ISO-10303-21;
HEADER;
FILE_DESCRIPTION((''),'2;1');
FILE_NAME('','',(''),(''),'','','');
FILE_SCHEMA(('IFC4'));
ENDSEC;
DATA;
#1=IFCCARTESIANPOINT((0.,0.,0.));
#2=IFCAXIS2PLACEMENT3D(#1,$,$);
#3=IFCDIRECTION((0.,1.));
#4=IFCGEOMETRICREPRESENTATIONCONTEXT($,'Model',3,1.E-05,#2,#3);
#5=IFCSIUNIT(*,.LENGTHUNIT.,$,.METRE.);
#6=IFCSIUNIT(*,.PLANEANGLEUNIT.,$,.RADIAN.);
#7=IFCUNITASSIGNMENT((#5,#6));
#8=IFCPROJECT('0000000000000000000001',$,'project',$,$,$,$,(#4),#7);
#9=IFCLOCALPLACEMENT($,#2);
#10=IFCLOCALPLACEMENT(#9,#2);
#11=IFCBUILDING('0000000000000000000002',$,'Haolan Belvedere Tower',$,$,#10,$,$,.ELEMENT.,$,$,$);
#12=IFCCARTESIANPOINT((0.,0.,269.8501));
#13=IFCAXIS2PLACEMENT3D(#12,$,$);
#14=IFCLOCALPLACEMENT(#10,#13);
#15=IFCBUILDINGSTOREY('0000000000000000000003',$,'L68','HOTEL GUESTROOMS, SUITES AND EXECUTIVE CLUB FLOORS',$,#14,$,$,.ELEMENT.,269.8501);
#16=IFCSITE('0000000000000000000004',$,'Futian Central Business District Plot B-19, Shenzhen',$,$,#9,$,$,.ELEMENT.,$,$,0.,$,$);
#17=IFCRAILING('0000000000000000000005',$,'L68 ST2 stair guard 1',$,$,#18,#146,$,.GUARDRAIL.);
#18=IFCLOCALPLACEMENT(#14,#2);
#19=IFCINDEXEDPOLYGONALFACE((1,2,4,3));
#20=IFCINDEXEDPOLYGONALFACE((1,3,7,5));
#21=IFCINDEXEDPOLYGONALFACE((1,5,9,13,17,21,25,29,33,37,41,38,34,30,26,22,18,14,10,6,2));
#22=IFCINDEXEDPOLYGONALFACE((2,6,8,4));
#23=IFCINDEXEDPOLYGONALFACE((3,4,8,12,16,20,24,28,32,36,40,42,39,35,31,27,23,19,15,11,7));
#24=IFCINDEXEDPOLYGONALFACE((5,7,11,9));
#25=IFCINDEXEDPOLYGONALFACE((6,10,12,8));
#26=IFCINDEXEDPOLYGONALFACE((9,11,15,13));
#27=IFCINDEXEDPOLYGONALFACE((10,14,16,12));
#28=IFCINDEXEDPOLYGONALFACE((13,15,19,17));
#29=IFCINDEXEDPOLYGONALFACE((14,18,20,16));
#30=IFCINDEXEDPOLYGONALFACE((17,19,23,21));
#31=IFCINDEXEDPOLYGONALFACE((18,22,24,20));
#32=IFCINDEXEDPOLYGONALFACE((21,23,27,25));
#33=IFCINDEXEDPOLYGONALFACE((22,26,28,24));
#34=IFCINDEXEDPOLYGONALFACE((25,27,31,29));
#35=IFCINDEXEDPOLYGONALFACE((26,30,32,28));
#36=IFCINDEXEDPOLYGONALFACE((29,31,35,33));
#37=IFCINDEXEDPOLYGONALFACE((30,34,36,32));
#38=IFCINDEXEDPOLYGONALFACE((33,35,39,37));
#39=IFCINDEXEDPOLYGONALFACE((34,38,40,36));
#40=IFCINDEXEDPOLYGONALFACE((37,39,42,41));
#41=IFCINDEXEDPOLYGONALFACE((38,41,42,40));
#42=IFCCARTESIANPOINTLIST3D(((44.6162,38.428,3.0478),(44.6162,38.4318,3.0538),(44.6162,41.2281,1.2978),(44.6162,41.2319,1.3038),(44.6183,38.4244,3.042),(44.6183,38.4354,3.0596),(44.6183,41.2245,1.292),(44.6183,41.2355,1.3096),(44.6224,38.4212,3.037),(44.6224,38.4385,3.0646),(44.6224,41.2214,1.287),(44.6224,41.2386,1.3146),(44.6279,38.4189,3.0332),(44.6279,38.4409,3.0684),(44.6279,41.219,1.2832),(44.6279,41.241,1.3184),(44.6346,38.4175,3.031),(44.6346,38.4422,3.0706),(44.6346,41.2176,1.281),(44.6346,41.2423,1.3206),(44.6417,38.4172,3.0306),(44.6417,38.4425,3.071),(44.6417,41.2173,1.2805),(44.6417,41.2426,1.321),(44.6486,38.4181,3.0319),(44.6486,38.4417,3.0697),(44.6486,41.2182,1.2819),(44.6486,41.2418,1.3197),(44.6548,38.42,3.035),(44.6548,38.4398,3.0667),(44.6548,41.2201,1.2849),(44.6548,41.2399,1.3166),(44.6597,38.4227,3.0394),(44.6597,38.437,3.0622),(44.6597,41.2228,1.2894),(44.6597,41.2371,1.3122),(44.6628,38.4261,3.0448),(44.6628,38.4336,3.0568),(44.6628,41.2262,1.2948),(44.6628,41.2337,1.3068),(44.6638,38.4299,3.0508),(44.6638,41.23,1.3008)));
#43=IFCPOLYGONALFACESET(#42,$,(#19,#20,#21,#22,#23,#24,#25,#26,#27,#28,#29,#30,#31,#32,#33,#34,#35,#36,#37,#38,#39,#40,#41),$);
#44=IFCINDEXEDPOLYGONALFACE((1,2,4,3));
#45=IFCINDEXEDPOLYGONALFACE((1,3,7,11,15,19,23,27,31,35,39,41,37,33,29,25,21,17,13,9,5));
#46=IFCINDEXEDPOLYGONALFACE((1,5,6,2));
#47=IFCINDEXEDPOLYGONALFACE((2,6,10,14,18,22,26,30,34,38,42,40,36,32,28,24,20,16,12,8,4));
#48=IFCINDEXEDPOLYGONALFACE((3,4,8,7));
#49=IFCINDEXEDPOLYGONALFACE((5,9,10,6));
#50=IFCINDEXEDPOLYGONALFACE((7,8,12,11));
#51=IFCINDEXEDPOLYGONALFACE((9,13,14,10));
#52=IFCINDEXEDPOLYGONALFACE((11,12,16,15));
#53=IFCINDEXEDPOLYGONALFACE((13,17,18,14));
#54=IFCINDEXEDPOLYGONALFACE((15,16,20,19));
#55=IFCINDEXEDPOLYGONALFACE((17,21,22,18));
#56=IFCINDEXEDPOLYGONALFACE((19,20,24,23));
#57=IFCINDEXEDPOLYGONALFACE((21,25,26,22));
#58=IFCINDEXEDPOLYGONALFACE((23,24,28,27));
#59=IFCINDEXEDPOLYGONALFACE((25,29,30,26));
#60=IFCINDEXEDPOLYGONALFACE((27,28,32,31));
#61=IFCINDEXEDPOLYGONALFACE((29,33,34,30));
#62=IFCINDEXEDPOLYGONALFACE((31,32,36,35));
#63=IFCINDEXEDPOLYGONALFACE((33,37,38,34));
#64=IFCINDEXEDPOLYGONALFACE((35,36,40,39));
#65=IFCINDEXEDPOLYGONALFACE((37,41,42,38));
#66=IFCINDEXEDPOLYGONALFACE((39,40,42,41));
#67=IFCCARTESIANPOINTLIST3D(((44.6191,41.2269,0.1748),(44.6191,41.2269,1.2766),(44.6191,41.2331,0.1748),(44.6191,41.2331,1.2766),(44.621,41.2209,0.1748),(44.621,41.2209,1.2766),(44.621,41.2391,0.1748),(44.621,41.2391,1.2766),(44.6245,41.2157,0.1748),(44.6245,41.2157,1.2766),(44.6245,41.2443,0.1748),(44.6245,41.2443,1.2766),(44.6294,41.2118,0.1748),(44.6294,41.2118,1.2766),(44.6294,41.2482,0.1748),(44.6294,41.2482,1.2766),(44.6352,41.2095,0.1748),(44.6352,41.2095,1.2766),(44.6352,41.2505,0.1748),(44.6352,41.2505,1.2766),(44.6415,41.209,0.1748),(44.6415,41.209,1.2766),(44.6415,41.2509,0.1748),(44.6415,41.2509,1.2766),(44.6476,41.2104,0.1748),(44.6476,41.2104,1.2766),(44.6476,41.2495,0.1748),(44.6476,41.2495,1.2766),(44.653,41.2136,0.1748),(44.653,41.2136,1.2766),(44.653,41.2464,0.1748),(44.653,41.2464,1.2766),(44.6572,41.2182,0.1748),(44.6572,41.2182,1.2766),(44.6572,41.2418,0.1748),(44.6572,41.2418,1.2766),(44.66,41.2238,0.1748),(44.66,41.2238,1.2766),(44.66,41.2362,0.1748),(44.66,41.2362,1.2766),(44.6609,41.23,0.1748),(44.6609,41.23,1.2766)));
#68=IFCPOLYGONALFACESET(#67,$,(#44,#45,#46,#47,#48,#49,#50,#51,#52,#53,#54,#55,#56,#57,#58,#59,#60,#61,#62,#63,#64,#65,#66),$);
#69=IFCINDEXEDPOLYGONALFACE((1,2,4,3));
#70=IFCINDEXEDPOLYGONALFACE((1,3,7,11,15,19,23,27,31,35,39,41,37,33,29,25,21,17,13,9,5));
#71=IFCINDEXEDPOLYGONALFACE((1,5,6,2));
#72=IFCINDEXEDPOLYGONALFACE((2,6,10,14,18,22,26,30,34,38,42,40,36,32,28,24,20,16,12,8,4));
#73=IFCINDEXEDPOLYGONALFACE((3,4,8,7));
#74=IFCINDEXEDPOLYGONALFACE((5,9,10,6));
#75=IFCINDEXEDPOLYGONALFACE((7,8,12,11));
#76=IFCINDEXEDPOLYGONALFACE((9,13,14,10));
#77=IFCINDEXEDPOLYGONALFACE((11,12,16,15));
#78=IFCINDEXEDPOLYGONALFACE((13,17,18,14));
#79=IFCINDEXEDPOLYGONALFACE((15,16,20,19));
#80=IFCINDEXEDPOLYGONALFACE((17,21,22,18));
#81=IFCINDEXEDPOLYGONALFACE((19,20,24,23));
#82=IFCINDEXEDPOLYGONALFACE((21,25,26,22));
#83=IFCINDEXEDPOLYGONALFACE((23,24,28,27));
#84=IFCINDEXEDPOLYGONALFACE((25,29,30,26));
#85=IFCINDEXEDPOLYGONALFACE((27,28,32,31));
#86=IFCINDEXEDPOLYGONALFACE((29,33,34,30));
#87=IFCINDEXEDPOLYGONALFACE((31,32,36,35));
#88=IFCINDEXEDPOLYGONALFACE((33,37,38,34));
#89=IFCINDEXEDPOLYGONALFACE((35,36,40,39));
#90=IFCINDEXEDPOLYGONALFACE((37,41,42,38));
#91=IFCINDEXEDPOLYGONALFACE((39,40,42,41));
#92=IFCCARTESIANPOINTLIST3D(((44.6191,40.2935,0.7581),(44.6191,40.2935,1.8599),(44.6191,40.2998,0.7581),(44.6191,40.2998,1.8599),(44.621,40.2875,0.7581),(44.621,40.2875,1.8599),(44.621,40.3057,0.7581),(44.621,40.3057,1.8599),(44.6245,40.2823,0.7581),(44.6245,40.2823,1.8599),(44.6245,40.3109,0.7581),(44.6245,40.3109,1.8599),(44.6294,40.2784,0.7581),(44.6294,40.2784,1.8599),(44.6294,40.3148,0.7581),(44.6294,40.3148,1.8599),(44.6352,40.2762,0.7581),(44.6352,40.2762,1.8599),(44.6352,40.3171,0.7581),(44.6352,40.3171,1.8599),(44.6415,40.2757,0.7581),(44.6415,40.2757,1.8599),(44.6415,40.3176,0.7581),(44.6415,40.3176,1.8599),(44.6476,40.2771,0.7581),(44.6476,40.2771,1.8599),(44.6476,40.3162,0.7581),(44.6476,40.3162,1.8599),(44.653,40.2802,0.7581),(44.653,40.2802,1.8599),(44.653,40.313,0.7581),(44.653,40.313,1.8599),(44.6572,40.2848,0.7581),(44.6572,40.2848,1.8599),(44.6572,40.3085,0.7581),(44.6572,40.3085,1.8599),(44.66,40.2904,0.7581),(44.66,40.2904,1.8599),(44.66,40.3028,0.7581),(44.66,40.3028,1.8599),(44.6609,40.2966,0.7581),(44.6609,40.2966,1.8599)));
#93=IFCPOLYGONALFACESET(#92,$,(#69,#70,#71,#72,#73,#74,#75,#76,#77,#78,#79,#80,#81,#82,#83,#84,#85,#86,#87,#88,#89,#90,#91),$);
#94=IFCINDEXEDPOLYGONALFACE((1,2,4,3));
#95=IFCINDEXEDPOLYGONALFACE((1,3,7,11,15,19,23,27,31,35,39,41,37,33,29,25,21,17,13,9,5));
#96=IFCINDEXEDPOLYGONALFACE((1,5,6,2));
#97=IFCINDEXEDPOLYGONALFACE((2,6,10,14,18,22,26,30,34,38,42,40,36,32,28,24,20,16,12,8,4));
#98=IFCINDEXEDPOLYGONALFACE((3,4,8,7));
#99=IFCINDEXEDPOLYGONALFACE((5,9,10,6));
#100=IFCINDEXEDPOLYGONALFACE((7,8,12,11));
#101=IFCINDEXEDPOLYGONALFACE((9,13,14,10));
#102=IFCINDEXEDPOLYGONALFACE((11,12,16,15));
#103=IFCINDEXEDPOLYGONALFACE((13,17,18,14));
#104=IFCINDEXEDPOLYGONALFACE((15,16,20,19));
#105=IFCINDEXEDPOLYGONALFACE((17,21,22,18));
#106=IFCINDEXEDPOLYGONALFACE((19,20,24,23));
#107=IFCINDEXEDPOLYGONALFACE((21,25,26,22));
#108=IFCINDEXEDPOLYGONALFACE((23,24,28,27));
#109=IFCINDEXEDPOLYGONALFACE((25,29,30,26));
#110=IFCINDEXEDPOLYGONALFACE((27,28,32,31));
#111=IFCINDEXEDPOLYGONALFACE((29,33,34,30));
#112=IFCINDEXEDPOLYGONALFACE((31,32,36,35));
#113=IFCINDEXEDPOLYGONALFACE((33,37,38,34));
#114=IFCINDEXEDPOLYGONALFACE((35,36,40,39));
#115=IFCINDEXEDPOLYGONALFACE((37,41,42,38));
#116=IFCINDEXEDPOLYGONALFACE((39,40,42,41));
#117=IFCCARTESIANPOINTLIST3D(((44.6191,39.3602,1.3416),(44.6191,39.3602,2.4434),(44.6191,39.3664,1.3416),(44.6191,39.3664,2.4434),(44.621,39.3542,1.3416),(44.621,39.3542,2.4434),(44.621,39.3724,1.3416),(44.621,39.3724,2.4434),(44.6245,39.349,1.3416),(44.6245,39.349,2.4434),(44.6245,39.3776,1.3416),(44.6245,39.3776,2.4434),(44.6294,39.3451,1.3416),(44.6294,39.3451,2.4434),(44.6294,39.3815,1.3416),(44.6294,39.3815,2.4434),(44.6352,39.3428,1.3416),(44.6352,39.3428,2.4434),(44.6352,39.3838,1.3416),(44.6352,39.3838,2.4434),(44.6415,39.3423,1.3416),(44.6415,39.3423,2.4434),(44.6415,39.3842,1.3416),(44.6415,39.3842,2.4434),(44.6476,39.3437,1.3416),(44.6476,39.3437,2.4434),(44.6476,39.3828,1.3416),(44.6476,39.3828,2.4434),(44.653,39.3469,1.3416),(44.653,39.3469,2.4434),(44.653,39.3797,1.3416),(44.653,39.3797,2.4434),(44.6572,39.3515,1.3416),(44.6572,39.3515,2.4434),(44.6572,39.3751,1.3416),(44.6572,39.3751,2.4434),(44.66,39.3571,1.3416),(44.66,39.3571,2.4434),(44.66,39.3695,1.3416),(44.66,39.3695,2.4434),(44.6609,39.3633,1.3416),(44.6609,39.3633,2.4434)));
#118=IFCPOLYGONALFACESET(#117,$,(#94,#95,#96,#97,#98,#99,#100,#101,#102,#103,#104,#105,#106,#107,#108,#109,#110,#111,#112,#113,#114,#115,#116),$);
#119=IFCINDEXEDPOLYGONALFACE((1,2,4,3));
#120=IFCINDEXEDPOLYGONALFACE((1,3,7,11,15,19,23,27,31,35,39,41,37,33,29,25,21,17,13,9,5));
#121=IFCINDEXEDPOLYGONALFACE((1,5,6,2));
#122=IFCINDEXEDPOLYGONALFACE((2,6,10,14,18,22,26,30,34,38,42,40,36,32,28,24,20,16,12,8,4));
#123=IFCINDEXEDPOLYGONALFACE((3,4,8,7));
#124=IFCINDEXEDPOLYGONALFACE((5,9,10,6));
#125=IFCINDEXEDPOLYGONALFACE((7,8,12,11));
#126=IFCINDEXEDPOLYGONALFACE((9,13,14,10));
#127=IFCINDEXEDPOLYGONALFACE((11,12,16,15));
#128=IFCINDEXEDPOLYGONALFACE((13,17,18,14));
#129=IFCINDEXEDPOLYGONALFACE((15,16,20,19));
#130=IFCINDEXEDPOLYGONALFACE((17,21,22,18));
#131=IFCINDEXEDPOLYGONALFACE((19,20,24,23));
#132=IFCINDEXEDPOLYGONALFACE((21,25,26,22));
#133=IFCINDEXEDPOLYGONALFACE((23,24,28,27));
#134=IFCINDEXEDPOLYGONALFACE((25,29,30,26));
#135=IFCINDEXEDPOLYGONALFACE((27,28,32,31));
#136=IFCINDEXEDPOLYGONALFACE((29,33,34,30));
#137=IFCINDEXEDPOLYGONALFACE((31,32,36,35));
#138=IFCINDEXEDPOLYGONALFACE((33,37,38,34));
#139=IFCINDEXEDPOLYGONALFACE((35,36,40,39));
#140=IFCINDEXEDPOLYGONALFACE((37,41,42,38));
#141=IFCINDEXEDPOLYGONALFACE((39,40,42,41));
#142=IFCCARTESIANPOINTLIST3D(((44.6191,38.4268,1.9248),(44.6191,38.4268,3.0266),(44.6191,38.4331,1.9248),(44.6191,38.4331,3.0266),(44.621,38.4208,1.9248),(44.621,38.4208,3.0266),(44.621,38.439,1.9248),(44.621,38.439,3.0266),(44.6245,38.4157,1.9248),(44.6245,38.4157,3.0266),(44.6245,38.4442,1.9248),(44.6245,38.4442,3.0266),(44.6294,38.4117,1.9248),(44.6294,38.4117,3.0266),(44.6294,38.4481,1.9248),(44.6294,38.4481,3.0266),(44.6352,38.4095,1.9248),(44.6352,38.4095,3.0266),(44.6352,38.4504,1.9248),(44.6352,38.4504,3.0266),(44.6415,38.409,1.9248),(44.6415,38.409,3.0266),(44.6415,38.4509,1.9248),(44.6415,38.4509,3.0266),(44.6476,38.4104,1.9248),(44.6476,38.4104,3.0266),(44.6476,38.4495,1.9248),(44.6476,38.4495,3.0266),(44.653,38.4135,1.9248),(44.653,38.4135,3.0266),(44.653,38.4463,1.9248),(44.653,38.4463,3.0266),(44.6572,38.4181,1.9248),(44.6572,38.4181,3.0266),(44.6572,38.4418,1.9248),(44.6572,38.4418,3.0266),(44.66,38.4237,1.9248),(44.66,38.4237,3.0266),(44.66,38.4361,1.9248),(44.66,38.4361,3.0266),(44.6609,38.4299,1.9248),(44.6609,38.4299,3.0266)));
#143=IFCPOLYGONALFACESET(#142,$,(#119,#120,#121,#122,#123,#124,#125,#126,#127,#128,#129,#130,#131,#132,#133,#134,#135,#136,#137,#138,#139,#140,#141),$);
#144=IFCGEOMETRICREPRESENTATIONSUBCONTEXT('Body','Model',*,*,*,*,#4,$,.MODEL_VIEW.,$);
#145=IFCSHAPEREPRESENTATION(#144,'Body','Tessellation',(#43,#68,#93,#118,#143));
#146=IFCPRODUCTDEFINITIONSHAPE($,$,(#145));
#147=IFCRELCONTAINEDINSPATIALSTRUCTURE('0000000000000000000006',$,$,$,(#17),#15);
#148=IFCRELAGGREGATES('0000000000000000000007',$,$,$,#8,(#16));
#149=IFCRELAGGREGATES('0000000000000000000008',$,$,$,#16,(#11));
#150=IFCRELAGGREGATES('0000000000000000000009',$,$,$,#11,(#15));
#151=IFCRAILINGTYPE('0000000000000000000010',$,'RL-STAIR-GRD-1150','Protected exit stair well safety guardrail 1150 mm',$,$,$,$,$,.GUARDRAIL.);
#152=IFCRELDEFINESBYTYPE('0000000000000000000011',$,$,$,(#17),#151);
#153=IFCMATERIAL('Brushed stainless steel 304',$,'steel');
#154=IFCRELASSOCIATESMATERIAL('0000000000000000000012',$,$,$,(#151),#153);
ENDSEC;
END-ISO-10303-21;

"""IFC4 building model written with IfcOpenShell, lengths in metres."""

from ifc_helpers import new_model, si_unit, direction, frame, origin, origin_2d, place, context, subcontext, project, spatial, circle, extrude, material, type_object, element, save


model = new_model("IFC4")

# Units and contexts
model_context = context("Model", 3, precision=1e-05, world=origin(), true_north=direction((0.0, 1.0)))
body_context = subcontext(model_context, "Body", "Model", "MODEL_VIEW")
ifc_project = project(units=[si_unit("LENGTHUNIT", "METRE"), si_unit("PLANEANGLEUNIT", "RADIAN")], contexts=[model_context])

# Site, building, storey
site_placement = place(None, origin())
site = spatial("IfcSite", under=ifc_project, at=site_placement, Name="Futian Central Business District Plot B-19, Shenzhen", CompositionType="ELEMENT", RefElevation=0.0)
building_placement = place(site_placement, origin())
building = spatial("IfcBuilding", under=site, at=building_placement, Name="Haolan Belvedere Tower", CompositionType="ELEMENT")
storey_placement = place(building_placement, frame((0.0, 0.0, 269.8501)))
storey = spatial("IfcBuildingStorey", under=building, at=storey_placement, Name="L68", Description="HOTEL GUESTROOMS, SUITES AND EXECUTIVE CLUB FLOORS", CompositionType="ELEMENT", Elevation=269.8501)

# Railing
ifc_material_1 = material(Name="Brushed stainless steel 304", Category="steel")
railing_type_1 = type_object("IfcRailingType", Name="RL-STAIR-GRD-1150", Description="Protected exit stair well safety guardrail 1150 mm", PredefinedType="GUARDRAIL", material=ifc_material_1)
railing_1_placement = place(storey_placement, frame((44.6399, 41.23, 0.1748)))
element("IfcRailing", 1, at=railing_1_placement, inside=storey, type_object=railing_type_1, Name="L68 ST2 stair guard 1", PredefinedType="GUARDRAIL", context=body_context, shape_type="SweptSolid", body=[
    extrude(circle(Radius=0.0239, at=origin_2d()), frame((0.0, 0.0, 1.126), z_axis=(0.0, -0.848002, 0.529992), x_axis=(1.0, 0.0, 0.0)), (0.0, 0.0, 1.0), 3.302),
    extrude(circle(Radius=0.021, at=origin_2d()), origin(), (0.0, 0.0, 1.0), 1.1018),
    extrude(circle(Radius=0.021, at=origin_2d()), frame((0.0, -0.9333, 0.5833)), (0.0, 0.0, 1.0), 1.1018),
    extrude(circle(Radius=0.021, at=origin_2d()), frame((0.0, -1.8667, 1.1667)), (0.0, 0.0, 1.0), 1.1018),
    extrude(circle(Radius=0.021, at=origin_2d()), frame((0.0, -2.8, 1.75)), (0.0, 0.0, 1.0), 1.1018),
])

save(model, "model.ifc")
